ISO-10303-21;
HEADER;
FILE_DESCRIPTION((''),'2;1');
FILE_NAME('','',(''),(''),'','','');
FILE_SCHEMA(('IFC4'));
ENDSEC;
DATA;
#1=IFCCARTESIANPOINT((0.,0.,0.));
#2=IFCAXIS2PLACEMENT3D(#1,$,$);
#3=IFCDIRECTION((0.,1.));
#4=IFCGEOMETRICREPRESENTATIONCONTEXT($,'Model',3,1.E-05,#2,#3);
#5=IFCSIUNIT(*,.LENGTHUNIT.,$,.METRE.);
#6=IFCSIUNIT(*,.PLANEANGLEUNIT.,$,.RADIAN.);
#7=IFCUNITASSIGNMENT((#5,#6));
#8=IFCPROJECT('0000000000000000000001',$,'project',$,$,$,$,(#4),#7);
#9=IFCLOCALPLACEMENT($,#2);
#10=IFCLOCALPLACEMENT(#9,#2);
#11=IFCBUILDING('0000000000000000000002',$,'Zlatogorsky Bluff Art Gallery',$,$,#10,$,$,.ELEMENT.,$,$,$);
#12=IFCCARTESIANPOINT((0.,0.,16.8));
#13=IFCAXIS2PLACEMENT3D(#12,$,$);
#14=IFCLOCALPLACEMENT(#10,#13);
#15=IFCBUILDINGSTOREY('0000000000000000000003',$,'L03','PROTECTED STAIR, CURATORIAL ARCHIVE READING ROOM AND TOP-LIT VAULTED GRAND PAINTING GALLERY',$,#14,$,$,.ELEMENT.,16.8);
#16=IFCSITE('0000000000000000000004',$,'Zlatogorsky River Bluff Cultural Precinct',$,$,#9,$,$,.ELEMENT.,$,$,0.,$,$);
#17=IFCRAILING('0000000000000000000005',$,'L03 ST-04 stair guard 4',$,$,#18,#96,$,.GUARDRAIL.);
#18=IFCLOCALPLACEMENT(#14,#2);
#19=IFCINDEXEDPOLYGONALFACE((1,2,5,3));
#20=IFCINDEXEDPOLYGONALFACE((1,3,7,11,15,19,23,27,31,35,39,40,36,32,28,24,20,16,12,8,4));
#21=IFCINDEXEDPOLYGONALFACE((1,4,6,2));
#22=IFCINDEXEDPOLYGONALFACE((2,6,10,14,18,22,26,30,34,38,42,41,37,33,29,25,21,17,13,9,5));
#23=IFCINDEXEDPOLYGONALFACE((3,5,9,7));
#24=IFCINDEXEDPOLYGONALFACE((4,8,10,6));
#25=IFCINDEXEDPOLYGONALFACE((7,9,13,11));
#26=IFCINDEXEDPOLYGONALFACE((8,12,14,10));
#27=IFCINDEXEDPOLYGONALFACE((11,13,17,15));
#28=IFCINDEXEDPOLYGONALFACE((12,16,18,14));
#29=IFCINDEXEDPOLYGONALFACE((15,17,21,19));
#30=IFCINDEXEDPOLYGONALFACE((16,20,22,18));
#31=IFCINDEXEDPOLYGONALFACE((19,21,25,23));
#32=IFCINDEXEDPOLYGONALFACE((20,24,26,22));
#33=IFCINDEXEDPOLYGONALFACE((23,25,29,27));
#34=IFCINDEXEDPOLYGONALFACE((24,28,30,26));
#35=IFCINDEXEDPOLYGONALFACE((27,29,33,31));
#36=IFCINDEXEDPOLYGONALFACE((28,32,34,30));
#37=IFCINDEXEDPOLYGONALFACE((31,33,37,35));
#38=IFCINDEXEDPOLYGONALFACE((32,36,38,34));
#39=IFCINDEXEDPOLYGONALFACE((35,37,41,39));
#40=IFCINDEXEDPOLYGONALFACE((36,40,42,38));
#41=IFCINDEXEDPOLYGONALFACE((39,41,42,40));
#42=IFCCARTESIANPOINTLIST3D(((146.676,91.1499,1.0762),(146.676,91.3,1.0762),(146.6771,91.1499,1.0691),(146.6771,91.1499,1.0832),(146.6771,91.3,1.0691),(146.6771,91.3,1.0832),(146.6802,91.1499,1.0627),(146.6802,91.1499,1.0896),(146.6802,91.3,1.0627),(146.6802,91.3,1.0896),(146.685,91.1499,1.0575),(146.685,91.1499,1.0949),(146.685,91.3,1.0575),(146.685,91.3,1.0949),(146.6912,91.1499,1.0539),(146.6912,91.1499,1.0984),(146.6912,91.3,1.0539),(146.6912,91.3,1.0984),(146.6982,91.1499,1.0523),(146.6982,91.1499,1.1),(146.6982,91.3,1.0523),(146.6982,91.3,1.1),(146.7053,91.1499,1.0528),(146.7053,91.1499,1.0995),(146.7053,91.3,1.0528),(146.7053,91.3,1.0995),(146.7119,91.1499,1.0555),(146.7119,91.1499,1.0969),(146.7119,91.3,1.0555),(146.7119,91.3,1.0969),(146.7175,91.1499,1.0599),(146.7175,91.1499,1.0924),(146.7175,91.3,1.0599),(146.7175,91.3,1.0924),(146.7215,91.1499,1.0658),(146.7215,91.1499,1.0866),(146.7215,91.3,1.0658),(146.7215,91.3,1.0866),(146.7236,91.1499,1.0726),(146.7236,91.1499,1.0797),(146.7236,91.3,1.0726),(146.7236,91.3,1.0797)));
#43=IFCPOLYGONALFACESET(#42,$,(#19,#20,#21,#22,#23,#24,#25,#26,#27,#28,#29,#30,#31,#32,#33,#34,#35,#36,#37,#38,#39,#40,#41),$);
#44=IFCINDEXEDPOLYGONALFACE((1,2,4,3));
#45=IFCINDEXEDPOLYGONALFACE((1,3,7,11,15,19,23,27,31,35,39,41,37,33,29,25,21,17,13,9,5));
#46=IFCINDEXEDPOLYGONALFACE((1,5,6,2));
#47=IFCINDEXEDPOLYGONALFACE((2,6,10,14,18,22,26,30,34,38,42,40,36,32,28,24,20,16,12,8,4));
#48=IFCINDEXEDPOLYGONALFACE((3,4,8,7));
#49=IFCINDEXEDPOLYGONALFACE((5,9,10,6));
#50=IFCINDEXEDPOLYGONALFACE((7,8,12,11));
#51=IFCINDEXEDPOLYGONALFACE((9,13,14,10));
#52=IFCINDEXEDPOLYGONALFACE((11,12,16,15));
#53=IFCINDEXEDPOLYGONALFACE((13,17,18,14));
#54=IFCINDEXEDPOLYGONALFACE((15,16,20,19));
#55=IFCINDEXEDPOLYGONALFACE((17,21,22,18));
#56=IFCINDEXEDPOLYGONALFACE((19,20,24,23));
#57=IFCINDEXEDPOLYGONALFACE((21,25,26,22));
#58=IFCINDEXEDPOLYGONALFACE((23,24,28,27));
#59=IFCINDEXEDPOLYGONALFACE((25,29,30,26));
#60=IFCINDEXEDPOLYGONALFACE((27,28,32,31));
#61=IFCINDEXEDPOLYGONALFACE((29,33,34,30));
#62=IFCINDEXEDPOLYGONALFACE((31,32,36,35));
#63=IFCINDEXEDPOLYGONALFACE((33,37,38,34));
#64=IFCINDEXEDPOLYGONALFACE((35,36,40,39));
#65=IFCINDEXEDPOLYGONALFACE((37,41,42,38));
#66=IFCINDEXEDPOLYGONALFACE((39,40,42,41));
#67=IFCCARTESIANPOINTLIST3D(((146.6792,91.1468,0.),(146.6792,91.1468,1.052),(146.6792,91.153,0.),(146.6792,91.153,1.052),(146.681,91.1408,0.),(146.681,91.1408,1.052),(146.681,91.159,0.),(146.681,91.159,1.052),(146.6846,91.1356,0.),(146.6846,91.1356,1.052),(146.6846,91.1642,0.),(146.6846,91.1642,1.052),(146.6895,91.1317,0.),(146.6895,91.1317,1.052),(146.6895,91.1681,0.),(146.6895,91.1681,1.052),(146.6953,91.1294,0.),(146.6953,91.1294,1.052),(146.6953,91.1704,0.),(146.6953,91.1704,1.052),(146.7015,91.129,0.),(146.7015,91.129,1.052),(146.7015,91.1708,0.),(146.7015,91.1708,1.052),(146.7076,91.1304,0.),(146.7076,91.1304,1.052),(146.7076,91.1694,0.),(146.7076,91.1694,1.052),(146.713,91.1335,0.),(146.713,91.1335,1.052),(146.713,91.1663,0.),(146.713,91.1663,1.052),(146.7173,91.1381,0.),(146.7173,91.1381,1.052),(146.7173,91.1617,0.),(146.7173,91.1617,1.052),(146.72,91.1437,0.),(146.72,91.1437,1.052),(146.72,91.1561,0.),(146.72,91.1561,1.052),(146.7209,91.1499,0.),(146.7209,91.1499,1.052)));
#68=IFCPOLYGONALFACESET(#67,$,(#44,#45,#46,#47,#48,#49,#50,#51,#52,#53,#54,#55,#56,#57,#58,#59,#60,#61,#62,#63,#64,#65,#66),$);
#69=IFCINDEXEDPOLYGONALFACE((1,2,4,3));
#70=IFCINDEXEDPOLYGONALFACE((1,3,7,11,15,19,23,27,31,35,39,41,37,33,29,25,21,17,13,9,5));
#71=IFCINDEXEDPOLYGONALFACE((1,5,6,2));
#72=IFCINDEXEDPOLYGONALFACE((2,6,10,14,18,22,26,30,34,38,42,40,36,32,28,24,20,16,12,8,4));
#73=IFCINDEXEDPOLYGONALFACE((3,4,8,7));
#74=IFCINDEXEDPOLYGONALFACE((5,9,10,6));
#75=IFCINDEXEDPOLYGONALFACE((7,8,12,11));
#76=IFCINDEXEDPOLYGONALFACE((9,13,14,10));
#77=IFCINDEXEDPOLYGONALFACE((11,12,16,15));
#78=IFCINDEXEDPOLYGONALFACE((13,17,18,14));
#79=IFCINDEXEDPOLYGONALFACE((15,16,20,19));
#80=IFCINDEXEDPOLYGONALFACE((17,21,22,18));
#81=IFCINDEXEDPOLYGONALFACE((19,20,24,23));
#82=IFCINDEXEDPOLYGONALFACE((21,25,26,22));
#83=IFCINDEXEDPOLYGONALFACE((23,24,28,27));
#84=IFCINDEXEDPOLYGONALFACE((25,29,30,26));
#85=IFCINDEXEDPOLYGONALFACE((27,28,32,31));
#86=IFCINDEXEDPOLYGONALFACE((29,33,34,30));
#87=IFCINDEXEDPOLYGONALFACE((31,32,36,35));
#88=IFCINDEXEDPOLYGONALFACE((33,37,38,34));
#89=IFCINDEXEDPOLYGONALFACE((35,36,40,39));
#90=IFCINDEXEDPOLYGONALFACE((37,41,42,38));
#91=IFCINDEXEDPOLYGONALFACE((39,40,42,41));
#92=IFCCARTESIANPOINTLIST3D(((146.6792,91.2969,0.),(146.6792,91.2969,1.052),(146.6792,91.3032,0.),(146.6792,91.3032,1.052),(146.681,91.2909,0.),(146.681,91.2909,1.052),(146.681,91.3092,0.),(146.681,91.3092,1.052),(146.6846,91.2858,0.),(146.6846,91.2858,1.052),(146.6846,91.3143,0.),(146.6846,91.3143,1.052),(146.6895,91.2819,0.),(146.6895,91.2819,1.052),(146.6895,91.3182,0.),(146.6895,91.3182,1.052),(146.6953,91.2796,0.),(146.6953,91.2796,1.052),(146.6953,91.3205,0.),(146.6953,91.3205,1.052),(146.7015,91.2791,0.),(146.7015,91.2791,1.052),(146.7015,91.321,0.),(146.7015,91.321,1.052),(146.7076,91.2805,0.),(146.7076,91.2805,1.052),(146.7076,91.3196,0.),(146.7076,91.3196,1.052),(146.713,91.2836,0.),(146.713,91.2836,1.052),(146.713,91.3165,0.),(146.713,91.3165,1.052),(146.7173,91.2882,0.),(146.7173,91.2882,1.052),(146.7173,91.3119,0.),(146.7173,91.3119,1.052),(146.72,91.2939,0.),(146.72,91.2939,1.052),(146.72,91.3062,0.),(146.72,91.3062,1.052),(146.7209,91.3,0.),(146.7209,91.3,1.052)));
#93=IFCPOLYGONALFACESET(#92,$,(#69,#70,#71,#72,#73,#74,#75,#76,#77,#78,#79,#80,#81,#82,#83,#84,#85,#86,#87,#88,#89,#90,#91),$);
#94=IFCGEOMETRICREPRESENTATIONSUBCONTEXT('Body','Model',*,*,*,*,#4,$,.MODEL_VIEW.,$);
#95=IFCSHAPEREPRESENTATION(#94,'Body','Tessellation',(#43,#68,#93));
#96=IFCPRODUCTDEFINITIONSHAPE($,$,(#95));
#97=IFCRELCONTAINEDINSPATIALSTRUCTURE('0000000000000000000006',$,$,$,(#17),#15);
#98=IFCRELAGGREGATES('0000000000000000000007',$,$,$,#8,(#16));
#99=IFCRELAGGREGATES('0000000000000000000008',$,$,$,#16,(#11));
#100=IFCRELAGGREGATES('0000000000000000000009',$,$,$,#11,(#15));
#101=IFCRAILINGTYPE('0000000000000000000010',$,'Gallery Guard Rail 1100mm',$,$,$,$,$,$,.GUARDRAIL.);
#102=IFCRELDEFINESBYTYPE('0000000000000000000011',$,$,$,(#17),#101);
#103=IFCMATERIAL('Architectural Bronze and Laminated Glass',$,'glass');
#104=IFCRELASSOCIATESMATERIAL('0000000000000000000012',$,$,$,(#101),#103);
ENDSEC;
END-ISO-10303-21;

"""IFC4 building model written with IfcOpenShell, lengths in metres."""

from ifc_helpers import new_model, si_unit, direction, frame, origin, origin_2d, place, context, subcontext, project, spatial, circle, extrude, material, type_object, element, save


model = new_model("IFC4")

# Units and contexts
model_context = context("Model", 3, precision=1e-05, world=origin(), true_north=direction((0.0, 1.0)))
body_context = subcontext(model_context, "Body", "Model", "MODEL_VIEW")
ifc_project = project(units=[si_unit("LENGTHUNIT", "METRE"), si_unit("PLANEANGLEUNIT", "RADIAN")], contexts=[model_context])

# Site, building, storey
site_placement = place(None, origin())
site = spatial("IfcSite", under=ifc_project, at=site_placement, Name="Zlatogorsky River Bluff Cultural Precinct", CompositionType="ELEMENT", RefElevation=0.0)
building_placement = place(site_placement, origin())
building = spatial("IfcBuilding", under=site, at=building_placement, Name="Zlatogorsky Bluff Art Gallery", CompositionType="ELEMENT")
storey_placement = place(building_placement, frame((0.0, 0.0, 16.8)))
storey = spatial("IfcBuildingStorey", under=building, at=storey_placement, Name="L03", Description="PROTECTED STAIR, CURATORIAL ARCHIVE READING ROOM AND TOP-LIT VAULTED GRAND PAINTING GALLERY", CompositionType="ELEMENT", Elevation=16.8)

# Railing
ifc_material_1 = material(Name="Architectural Bronze and Laminated Glass", Category="glass")
railing_type_1 = type_object("IfcRailingType", Name="Gallery Guard Rail 1100mm", PredefinedType="GUARDRAIL", material=ifc_material_1)
railing_1_placement = place(storey_placement, frame((146.7, 91.1499, 0.0)))
element("IfcRailing", 1, at=railing_1_placement, inside=storey, type_object=railing_type_1, Name="L03 ST-04 stair guard 4", PredefinedType="GUARDRAIL", context=body_context, shape_type="SweptSolid", body=[
    extrude(circle(Radius=0.0239, at=origin_2d()), frame((0.0, 0.0, 1.0762), z_axis=(0.0, 1.0, 0.0), x_axis=(-1.0, 0.0, 0.0)), (0.0, 0.0, 1.0), 0.1501),
    extrude(circle(Radius=0.021, at=origin_2d()), origin(), (0.0, 0.0, 1.0), 1.052),
    extrude(circle(Radius=0.021, at=origin_2d()), frame((0.0, 0.1501, 0.0)), (0.0, 0.0, 1.0), 1.052),
])

save(model, "model.ifc")
